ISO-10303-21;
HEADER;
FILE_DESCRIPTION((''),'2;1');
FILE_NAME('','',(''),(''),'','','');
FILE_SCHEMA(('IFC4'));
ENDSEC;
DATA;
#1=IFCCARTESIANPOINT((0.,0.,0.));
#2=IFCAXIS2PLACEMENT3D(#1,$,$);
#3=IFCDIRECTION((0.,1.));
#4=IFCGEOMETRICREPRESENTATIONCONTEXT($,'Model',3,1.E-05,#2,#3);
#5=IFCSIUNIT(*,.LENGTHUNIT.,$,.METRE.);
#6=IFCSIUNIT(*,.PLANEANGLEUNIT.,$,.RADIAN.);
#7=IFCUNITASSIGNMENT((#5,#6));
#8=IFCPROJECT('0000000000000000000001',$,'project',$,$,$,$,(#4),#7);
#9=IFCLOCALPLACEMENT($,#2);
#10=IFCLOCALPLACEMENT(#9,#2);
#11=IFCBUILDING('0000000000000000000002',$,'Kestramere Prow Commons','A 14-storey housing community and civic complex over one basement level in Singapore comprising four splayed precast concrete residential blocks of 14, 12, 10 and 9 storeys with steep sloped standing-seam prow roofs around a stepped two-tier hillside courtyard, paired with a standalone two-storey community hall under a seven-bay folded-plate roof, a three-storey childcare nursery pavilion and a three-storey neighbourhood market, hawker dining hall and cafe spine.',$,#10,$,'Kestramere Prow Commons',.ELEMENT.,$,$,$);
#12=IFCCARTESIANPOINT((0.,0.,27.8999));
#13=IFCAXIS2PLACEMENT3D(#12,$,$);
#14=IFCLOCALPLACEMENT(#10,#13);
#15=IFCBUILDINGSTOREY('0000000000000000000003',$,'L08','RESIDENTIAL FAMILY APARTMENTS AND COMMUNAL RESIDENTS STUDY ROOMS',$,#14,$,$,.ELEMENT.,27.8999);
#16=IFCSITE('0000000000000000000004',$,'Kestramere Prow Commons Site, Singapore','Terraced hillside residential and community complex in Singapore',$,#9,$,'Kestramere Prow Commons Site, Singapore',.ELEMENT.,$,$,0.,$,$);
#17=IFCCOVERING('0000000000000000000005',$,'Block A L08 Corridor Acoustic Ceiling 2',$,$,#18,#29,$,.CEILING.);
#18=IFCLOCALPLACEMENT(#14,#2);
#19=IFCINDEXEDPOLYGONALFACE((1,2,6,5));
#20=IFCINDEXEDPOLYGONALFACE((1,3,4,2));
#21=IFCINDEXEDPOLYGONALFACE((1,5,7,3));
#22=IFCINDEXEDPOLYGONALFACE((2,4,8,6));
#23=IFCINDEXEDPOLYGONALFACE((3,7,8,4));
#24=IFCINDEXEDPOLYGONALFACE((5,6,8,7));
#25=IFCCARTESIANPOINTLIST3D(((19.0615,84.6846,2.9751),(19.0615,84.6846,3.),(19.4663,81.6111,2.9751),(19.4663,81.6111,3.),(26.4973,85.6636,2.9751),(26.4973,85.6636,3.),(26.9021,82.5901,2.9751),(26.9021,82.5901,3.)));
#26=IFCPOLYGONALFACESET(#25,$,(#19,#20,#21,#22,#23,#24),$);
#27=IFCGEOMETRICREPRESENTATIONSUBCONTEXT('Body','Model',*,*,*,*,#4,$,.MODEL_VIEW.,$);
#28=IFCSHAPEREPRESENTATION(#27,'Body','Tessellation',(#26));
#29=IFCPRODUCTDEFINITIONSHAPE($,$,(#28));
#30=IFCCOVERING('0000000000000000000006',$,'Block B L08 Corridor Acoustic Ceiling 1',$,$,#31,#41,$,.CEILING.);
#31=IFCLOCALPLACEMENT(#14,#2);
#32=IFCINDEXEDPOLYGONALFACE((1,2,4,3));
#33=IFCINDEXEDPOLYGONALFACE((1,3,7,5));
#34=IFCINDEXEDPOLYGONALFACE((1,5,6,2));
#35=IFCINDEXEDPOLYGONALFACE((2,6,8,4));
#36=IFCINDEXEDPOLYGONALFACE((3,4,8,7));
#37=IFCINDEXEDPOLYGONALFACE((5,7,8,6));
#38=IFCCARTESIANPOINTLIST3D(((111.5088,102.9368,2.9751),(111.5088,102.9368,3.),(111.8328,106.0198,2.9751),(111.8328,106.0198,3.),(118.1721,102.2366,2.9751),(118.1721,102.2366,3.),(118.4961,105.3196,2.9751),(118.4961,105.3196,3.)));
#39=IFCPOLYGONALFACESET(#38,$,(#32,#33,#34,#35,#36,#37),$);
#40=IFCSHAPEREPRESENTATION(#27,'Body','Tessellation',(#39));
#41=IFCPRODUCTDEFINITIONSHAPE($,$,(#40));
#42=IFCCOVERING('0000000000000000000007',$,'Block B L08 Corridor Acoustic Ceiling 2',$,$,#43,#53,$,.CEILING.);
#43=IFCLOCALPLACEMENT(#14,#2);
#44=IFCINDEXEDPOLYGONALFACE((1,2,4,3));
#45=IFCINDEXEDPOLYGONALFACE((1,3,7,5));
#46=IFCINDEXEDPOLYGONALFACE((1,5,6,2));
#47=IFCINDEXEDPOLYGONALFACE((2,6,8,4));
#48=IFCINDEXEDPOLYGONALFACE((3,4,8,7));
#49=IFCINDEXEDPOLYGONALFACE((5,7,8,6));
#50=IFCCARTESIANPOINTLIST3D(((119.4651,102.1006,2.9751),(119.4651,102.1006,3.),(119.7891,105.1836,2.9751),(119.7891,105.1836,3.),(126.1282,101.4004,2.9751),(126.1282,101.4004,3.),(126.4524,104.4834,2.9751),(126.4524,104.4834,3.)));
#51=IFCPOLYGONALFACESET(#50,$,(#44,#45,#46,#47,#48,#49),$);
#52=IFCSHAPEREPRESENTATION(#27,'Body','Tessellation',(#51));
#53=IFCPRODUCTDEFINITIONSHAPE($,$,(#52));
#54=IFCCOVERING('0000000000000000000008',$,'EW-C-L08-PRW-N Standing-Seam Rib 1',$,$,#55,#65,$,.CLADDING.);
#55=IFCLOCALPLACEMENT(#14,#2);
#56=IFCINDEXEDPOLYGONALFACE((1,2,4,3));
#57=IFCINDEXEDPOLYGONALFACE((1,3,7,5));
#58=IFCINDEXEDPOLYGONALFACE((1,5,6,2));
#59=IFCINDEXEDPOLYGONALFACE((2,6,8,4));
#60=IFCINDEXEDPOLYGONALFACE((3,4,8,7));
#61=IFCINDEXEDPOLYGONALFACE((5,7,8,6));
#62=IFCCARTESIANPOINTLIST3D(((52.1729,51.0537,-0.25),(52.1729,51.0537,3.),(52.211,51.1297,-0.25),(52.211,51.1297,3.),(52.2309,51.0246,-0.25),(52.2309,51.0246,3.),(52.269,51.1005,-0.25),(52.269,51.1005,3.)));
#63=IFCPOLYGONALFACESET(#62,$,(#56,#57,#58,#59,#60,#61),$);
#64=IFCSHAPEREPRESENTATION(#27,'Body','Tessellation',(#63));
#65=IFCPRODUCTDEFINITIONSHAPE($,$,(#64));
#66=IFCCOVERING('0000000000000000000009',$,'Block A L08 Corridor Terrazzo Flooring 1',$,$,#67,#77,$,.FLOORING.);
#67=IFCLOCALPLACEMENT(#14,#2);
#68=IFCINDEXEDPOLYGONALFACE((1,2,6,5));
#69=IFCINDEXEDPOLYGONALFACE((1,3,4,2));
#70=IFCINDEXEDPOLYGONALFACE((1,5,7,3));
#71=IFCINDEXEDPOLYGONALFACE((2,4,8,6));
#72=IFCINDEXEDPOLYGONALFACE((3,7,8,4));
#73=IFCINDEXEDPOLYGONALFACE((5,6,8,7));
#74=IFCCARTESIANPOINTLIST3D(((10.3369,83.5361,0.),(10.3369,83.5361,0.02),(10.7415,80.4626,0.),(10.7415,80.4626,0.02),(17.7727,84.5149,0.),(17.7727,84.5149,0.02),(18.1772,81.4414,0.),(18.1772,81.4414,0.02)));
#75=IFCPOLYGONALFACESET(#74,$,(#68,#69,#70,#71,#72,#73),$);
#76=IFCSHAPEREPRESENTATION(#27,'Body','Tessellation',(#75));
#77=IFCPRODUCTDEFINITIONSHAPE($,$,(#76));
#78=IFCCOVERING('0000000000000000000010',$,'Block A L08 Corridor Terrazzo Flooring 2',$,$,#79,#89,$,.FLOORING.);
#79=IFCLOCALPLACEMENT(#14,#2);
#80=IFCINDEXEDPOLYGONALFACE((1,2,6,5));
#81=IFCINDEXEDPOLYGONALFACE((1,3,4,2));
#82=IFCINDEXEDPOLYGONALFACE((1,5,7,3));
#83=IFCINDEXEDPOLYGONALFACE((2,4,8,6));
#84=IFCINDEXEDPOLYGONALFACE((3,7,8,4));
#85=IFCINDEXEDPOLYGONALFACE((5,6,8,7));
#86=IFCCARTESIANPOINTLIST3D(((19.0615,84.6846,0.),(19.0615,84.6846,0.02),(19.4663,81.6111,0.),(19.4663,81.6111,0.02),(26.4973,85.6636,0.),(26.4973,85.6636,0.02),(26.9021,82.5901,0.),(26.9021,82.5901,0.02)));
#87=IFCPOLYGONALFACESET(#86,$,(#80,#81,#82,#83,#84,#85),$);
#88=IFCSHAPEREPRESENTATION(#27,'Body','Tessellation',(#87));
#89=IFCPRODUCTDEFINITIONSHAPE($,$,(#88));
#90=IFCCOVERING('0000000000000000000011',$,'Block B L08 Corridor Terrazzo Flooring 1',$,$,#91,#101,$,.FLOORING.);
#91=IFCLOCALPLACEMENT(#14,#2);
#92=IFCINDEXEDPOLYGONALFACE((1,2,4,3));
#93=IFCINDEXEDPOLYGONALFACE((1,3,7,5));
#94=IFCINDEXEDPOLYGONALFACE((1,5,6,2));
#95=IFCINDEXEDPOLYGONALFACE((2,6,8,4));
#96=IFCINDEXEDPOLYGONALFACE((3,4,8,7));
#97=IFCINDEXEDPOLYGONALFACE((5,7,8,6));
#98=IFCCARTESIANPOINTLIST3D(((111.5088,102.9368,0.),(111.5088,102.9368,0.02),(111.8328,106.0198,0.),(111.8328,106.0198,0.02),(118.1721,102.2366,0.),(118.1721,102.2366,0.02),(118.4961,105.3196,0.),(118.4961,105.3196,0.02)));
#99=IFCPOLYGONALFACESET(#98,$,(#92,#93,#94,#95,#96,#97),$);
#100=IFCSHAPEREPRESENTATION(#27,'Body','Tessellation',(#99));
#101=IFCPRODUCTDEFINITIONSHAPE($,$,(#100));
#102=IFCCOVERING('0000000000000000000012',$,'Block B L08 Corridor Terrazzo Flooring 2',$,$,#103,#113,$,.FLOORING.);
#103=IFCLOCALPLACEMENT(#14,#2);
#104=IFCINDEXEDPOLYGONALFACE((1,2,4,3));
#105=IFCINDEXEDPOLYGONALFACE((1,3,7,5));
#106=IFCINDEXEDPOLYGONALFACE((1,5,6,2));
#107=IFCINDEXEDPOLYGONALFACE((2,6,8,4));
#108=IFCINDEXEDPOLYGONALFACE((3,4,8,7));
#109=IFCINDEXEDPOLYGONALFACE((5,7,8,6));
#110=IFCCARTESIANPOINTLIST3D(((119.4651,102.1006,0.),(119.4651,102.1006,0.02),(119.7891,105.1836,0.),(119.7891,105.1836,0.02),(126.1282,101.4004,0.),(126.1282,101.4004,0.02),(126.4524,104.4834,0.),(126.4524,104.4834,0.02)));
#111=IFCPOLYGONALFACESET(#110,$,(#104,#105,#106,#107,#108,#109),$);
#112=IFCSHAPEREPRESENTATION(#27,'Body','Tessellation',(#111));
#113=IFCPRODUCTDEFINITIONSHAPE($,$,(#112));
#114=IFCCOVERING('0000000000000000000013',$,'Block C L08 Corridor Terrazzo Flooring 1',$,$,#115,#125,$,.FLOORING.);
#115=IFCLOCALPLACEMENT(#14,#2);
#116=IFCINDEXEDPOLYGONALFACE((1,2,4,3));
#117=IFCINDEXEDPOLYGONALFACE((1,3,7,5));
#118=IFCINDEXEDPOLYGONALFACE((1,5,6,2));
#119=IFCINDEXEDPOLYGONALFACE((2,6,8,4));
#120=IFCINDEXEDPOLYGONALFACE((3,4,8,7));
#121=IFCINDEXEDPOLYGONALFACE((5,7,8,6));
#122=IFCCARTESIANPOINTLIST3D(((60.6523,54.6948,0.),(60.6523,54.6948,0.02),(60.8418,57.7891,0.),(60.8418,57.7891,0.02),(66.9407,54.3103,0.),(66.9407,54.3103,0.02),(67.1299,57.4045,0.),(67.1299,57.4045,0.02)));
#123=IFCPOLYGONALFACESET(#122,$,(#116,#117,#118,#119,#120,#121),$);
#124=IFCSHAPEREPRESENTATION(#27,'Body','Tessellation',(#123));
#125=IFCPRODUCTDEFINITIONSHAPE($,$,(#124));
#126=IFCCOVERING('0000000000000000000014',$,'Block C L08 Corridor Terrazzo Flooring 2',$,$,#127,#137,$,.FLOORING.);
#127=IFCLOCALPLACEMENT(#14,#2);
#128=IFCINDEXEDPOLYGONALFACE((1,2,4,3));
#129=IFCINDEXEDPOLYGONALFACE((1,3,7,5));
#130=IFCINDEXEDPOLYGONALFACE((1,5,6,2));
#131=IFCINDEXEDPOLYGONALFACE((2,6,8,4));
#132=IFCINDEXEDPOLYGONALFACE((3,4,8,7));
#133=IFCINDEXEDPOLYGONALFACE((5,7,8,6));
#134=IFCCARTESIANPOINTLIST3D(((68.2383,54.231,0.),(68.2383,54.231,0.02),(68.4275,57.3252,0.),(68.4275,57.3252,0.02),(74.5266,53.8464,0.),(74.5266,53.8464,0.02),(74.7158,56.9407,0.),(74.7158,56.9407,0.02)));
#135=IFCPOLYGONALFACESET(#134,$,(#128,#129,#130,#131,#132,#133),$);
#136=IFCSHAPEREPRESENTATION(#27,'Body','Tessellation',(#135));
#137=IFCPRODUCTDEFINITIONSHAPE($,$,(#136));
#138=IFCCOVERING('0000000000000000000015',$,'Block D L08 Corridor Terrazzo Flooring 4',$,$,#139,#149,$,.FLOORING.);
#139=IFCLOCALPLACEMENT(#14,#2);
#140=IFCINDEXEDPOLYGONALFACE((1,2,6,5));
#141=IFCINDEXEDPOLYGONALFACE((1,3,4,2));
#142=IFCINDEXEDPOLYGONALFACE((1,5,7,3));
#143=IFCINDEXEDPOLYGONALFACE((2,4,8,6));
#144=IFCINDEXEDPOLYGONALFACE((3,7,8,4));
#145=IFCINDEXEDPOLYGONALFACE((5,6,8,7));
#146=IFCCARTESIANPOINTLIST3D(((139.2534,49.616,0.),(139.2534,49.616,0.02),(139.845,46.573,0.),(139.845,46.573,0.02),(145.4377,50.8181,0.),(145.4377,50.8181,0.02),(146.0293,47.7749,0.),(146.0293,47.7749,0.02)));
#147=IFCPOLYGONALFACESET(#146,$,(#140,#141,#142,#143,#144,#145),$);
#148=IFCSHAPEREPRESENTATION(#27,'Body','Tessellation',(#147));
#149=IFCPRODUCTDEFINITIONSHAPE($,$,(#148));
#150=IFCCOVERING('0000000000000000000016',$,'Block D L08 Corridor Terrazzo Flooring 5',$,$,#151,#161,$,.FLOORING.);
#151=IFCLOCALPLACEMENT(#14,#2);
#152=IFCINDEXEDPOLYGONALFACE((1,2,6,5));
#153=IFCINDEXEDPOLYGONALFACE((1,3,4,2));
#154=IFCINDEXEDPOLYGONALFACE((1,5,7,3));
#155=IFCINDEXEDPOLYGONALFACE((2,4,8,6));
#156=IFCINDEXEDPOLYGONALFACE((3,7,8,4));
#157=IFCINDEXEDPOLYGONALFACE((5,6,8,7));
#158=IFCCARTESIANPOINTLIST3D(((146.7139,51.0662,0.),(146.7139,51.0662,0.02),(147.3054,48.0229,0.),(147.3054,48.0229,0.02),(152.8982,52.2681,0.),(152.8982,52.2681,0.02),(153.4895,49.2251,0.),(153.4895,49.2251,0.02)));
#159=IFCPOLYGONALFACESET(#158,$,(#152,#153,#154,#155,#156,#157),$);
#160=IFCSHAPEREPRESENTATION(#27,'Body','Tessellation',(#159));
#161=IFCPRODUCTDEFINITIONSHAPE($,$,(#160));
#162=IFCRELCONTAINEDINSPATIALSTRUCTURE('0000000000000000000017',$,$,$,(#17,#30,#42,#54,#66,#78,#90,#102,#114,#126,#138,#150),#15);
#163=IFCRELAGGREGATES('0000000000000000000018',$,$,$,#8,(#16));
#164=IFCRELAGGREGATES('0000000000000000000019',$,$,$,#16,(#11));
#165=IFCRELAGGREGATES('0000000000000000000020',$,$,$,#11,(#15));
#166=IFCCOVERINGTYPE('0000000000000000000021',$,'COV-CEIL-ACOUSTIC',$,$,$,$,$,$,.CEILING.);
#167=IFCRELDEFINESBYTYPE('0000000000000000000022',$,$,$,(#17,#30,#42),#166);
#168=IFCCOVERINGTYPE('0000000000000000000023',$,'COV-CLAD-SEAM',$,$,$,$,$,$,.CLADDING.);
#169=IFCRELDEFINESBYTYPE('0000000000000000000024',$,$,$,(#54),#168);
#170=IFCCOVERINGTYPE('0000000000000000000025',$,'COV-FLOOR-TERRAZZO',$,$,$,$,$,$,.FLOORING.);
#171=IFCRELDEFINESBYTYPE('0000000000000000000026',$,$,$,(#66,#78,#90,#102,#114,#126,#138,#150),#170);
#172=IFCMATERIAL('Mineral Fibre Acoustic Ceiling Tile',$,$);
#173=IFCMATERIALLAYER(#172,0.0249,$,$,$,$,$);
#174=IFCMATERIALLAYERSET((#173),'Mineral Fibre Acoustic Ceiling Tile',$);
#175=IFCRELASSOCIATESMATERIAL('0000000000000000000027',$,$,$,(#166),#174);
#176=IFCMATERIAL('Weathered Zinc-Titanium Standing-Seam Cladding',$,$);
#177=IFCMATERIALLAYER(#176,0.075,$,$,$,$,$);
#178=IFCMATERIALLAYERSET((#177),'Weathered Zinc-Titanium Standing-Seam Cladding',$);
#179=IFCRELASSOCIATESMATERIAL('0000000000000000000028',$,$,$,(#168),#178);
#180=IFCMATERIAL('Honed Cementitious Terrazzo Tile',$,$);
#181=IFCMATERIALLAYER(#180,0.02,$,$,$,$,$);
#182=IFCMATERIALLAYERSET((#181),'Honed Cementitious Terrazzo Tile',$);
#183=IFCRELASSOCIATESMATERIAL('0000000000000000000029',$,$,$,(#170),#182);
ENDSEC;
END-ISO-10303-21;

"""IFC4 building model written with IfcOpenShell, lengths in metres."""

from ifc_helpers import new_model, si_unit, direction, frame, origin, origin_2d, place, context, subcontext, project, spatial, polyline, rectangle, outline, extrude, material, layer, layer_set, type_object, element, save


model = new_model("IFC4")

# Units and contexts
model_context = context("Model", 3, precision=1e-05, world=origin(), true_north=direction((0.0, 1.0)))
body_context = subcontext(model_context, "Body", "Model", "MODEL_VIEW")
ifc_project = project(units=[si_unit("LENGTHUNIT", "METRE"), si_unit("PLANEANGLEUNIT", "RADIAN")], contexts=[model_context])

# Site, building, storey
site_placement = place(None, origin())
site = spatial("IfcSite", under=ifc_project, at=site_placement, Name="Kestramere Prow Commons Site, Singapore", Description="Terraced hillside residential and community complex in Singapore", LongName="Kestramere Prow Commons Site, Singapore", CompositionType="ELEMENT", RefElevation=0.0)
building_placement = place(site_placement, origin())
building = spatial("IfcBuilding", under=site, at=building_placement, Name="Kestramere Prow Commons", Description="A 14-storey housing community and civic complex over one basement level in Singapore comprising four splayed precast concrete residential blocks of 14, 12, 10 and 9 storeys with steep sloped standing-seam prow roofs around a stepped two-tier hillside courtyard, paired with a standalone two-storey community hall under a seven-bay folded-plate roof, a three-storey childcare nursery pavilion and a three-storey neighbourhood market, hawker dining hall and cafe spine.", LongName="Kestramere Prow Commons", CompositionType="ELEMENT")
storey_placement = place(building_placement, frame((0.0, 0.0, 27.8999)))
storey = spatial("IfcBuildingStorey", under=building, at=storey_placement, Name="L08", Description="RESIDENTIAL FAMILY APARTMENTS AND COMMUNAL RESIDENTS STUDY ROOMS", CompositionType="ELEMENT", Elevation=27.8999)

# Shared definitions
ifc_material_1 = material(Name="Weathered Zinc-Titanium Standing-Seam Cladding")

# Coverings
ifc_material_2 = material(Name="Mineral Fibre Acoustic Ceiling Tile")
ifc_layer_1 = layer(ifc_material_2, 0.0249)
ifc_layer_set_1 = layer_set([ifc_layer_1], Name="Mineral Fibre Acoustic Ceiling Tile")
covering_type_1 = type_object("IfcCoveringType", Name="COV-CEIL-ACOUSTIC", PredefinedType="CEILING", material=ifc_layer_set_1)
covering_1_placement = place(storey_placement, frame((0.0, 0.0, 2.9751)))
element("IfcCovering", 1, at=covering_1_placement, inside=storey, type_object=covering_type_1, Name="Block A L08 Corridor Acoustic Ceiling 2", PredefinedType="CEILING", context=body_context, shape_type="SweptSolid", body=[
    extrude(outline(polyline([(19.4663, 81.6111), (26.9021, 82.5901), (26.4973, 85.6636), (19.0615, 84.6846), (19.4663, 81.6111)])), origin(), (0.0, 0.0, 1.0), 0.0249),
])
covering_2_placement = place(storey_placement, frame((0.0, 0.0, 2.9751)))
element("IfcCovering", 2, at=covering_2_placement, inside=storey, type_object=covering_type_1, Name="Block B L08 Corridor Acoustic Ceiling 1", PredefinedType="CEILING", context=body_context, shape_type="SweptSolid", body=[
    extrude(outline(polyline([(111.5088, 102.9368), (118.1721, 102.2366), (118.4961, 105.3196), (111.8328, 106.0198), (111.5088, 102.9368)])), origin(), (0.0, 0.0, 1.0), 0.0249),
])
covering_3_placement = place(storey_placement, frame((0.0, 0.0, 2.9751)))
element("IfcCovering", 3, at=covering_3_placement, inside=storey, type_object=covering_type_1, Name="Block B L08 Corridor Acoustic Ceiling 2", PredefinedType="CEILING", context=body_context, shape_type="SweptSolid", body=[
    extrude(outline(polyline([(119.4651, 102.1006), (126.1282, 101.4004), (126.4524, 104.4834), (119.7891, 105.1836), (119.4651, 102.1006)])), origin(), (0.0, 0.0, 1.0), 0.0249),
])
ifc_layer_2 = layer(ifc_material_1, 0.075)
ifc_layer_set_2 = layer_set([ifc_layer_2], Name="Weathered Zinc-Titanium Standing-Seam Cladding")
covering_type_2 = type_object("IfcCoveringType", Name="COV-CLAD-SEAM", PredefinedType="CLADDING", material=ifc_layer_set_2)
covering_4_placement = place(storey_placement, frame((52.2209, 51.0771, -0.25), z_axis=(0.0, 0.0, 1.0), x_axis=(0.44862, 0.893722, 0.0)))
element("IfcCovering", 4, at=covering_4_placement, inside=storey, type_object=covering_type_2, Name="EW-C-L08-PRW-N Standing-Seam Rib 1", PredefinedType="CLADDING", context=body_context, shape_type="SweptSolid", body=[
    extrude(rectangle(XDim=0.085, YDim=0.0649, at=origin_2d()), origin(), (0.0, 0.0, 1.0), 3.25),
])
ifc_material_3 = material(Name="Honed Cementitious Terrazzo Tile")
ifc_layer_3 = layer(ifc_material_3, 0.02)
ifc_layer_set_3 = layer_set([ifc_layer_3], Name="Honed Cementitious Terrazzo Tile")
covering_type_3 = type_object("IfcCoveringType", Name="COV-FLOOR-TERRAZZO", PredefinedType="FLOORING", material=ifc_layer_set_3)
covering_5_placement = place(storey_placement, origin())
element("IfcCovering", 5, at=covering_5_placement, inside=storey, type_object=covering_type_3, Name="Block A L08 Corridor Terrazzo Flooring 1", PredefinedType="FLOORING", context=body_context, shape_type="SweptSolid", body=[
    extrude(outline(polyline([(10.7415, 80.4626), (18.1772, 81.4414), (17.7727, 84.5149), (10.3369, 83.5361), (10.7415, 80.4626)])), origin(), (0.0, 0.0, 1.0), 0.02),
])
covering_6_placement = place(storey_placement, origin())
element("IfcCovering", 6, at=covering_6_placement, inside=storey, type_object=covering_type_3, Name="Block A L08 Corridor Terrazzo Flooring 2", PredefinedType="FLOORING", context=body_context, shape_type="SweptSolid", body=[
    extrude(outline(polyline([(19.4663, 81.6111), (26.9021, 82.5901), (26.4973, 85.6636), (19.0615, 84.6846), (19.4663, 81.6111)])), origin(), (0.0, 0.0, 1.0), 0.02),
])
covering_7_placement = place(storey_placement, origin())
element("IfcCovering", 7, at=covering_7_placement, inside=storey, type_object=covering_type_3, Name="Block B L08 Corridor Terrazzo Flooring 1", PredefinedType="FLOORING", context=body_context, shape_type="SweptSolid", body=[
    extrude(outline(polyline([(111.5088, 102.9368), (118.1721, 102.2366), (118.4961, 105.3196), (111.8328, 106.0198), (111.5088, 102.9368)])), origin(), (0.0, 0.0, 1.0), 0.02),
])
covering_8_placement = place(storey_placement, origin())
element("IfcCovering", 8, at=covering_8_placement, inside=storey, type_object=covering_type_3, Name="Block B L08 Corridor Terrazzo Flooring 2", PredefinedType="FLOORING", context=body_context, shape_type="SweptSolid", body=[
    extrude(outline(polyline([(119.4651, 102.1006), (126.1282, 101.4004), (126.4524, 104.4834), (119.7891, 105.1836), (119.4651, 102.1006)])), origin(), (0.0, 0.0, 1.0), 0.02),
])
covering_9_placement = place(storey_placement, origin())
element("IfcCovering", 9, at=covering_9_placement, inside=storey, type_object=covering_type_3, Name="Block C L08 Corridor Terrazzo Flooring 1", PredefinedType="FLOORING", context=body_context, shape_type="SweptSolid", body=[
    extrude(outline(polyline([(60.6523, 54.6948), (66.9407, 54.3103), (67.1299, 57.4045), (60.8418, 57.7891), (60.6523, 54.6948)])), origin(), (0.0, 0.0, 1.0), 0.02),
])
covering_10_placement = place(storey_placement, origin())
element("IfcCovering", 10, at=covering_10_placement, inside=storey, type_object=covering_type_3, Name="Block C L08 Corridor Terrazzo Flooring 2", PredefinedType="FLOORING", context=body_context, shape_type="SweptSolid", body=[
    extrude(outline(polyline([(68.2383, 54.231), (74.5266, 53.8464), (74.7158, 56.9407), (68.4275, 57.3252), (68.2383, 54.231)])), origin(), (0.0, 0.0, 1.0), 0.02),
])
covering_11_placement = place(storey_placement, origin())
element("IfcCovering", 11, at=covering_11_placement, inside=storey, type_object=covering_type_3, Name="Block D L08 Corridor Terrazzo Flooring 4", PredefinedType="FLOORING", context=body_context, shape_type="SweptSolid", body=[
    extrude(outline(polyline([(139.845, 46.573), (146.0293, 47.7749), (145.4377, 50.8181), (139.2534, 49.616), (139.845, 46.573)])), origin(), (0.0, 0.0, 1.0), 0.02),
])
covering_12_placement = place(storey_placement, origin())
element("IfcCovering", 12, at=covering_12_placement, inside=storey, type_object=covering_type_3, Name="Block D L08 Corridor Terrazzo Flooring 5", PredefinedType="FLOORING", context=body_context, shape_type="SweptSolid", body=[
    extrude(outline(polyline([(147.3054, 48.0229), (153.4895, 49.2251), (152.8982, 52.2681), (146.7139, 51.0662), (147.3054, 48.0229)])), origin(), (0.0, 0.0, 1.0), 0.02),
])

save(model, "model.ifc")
